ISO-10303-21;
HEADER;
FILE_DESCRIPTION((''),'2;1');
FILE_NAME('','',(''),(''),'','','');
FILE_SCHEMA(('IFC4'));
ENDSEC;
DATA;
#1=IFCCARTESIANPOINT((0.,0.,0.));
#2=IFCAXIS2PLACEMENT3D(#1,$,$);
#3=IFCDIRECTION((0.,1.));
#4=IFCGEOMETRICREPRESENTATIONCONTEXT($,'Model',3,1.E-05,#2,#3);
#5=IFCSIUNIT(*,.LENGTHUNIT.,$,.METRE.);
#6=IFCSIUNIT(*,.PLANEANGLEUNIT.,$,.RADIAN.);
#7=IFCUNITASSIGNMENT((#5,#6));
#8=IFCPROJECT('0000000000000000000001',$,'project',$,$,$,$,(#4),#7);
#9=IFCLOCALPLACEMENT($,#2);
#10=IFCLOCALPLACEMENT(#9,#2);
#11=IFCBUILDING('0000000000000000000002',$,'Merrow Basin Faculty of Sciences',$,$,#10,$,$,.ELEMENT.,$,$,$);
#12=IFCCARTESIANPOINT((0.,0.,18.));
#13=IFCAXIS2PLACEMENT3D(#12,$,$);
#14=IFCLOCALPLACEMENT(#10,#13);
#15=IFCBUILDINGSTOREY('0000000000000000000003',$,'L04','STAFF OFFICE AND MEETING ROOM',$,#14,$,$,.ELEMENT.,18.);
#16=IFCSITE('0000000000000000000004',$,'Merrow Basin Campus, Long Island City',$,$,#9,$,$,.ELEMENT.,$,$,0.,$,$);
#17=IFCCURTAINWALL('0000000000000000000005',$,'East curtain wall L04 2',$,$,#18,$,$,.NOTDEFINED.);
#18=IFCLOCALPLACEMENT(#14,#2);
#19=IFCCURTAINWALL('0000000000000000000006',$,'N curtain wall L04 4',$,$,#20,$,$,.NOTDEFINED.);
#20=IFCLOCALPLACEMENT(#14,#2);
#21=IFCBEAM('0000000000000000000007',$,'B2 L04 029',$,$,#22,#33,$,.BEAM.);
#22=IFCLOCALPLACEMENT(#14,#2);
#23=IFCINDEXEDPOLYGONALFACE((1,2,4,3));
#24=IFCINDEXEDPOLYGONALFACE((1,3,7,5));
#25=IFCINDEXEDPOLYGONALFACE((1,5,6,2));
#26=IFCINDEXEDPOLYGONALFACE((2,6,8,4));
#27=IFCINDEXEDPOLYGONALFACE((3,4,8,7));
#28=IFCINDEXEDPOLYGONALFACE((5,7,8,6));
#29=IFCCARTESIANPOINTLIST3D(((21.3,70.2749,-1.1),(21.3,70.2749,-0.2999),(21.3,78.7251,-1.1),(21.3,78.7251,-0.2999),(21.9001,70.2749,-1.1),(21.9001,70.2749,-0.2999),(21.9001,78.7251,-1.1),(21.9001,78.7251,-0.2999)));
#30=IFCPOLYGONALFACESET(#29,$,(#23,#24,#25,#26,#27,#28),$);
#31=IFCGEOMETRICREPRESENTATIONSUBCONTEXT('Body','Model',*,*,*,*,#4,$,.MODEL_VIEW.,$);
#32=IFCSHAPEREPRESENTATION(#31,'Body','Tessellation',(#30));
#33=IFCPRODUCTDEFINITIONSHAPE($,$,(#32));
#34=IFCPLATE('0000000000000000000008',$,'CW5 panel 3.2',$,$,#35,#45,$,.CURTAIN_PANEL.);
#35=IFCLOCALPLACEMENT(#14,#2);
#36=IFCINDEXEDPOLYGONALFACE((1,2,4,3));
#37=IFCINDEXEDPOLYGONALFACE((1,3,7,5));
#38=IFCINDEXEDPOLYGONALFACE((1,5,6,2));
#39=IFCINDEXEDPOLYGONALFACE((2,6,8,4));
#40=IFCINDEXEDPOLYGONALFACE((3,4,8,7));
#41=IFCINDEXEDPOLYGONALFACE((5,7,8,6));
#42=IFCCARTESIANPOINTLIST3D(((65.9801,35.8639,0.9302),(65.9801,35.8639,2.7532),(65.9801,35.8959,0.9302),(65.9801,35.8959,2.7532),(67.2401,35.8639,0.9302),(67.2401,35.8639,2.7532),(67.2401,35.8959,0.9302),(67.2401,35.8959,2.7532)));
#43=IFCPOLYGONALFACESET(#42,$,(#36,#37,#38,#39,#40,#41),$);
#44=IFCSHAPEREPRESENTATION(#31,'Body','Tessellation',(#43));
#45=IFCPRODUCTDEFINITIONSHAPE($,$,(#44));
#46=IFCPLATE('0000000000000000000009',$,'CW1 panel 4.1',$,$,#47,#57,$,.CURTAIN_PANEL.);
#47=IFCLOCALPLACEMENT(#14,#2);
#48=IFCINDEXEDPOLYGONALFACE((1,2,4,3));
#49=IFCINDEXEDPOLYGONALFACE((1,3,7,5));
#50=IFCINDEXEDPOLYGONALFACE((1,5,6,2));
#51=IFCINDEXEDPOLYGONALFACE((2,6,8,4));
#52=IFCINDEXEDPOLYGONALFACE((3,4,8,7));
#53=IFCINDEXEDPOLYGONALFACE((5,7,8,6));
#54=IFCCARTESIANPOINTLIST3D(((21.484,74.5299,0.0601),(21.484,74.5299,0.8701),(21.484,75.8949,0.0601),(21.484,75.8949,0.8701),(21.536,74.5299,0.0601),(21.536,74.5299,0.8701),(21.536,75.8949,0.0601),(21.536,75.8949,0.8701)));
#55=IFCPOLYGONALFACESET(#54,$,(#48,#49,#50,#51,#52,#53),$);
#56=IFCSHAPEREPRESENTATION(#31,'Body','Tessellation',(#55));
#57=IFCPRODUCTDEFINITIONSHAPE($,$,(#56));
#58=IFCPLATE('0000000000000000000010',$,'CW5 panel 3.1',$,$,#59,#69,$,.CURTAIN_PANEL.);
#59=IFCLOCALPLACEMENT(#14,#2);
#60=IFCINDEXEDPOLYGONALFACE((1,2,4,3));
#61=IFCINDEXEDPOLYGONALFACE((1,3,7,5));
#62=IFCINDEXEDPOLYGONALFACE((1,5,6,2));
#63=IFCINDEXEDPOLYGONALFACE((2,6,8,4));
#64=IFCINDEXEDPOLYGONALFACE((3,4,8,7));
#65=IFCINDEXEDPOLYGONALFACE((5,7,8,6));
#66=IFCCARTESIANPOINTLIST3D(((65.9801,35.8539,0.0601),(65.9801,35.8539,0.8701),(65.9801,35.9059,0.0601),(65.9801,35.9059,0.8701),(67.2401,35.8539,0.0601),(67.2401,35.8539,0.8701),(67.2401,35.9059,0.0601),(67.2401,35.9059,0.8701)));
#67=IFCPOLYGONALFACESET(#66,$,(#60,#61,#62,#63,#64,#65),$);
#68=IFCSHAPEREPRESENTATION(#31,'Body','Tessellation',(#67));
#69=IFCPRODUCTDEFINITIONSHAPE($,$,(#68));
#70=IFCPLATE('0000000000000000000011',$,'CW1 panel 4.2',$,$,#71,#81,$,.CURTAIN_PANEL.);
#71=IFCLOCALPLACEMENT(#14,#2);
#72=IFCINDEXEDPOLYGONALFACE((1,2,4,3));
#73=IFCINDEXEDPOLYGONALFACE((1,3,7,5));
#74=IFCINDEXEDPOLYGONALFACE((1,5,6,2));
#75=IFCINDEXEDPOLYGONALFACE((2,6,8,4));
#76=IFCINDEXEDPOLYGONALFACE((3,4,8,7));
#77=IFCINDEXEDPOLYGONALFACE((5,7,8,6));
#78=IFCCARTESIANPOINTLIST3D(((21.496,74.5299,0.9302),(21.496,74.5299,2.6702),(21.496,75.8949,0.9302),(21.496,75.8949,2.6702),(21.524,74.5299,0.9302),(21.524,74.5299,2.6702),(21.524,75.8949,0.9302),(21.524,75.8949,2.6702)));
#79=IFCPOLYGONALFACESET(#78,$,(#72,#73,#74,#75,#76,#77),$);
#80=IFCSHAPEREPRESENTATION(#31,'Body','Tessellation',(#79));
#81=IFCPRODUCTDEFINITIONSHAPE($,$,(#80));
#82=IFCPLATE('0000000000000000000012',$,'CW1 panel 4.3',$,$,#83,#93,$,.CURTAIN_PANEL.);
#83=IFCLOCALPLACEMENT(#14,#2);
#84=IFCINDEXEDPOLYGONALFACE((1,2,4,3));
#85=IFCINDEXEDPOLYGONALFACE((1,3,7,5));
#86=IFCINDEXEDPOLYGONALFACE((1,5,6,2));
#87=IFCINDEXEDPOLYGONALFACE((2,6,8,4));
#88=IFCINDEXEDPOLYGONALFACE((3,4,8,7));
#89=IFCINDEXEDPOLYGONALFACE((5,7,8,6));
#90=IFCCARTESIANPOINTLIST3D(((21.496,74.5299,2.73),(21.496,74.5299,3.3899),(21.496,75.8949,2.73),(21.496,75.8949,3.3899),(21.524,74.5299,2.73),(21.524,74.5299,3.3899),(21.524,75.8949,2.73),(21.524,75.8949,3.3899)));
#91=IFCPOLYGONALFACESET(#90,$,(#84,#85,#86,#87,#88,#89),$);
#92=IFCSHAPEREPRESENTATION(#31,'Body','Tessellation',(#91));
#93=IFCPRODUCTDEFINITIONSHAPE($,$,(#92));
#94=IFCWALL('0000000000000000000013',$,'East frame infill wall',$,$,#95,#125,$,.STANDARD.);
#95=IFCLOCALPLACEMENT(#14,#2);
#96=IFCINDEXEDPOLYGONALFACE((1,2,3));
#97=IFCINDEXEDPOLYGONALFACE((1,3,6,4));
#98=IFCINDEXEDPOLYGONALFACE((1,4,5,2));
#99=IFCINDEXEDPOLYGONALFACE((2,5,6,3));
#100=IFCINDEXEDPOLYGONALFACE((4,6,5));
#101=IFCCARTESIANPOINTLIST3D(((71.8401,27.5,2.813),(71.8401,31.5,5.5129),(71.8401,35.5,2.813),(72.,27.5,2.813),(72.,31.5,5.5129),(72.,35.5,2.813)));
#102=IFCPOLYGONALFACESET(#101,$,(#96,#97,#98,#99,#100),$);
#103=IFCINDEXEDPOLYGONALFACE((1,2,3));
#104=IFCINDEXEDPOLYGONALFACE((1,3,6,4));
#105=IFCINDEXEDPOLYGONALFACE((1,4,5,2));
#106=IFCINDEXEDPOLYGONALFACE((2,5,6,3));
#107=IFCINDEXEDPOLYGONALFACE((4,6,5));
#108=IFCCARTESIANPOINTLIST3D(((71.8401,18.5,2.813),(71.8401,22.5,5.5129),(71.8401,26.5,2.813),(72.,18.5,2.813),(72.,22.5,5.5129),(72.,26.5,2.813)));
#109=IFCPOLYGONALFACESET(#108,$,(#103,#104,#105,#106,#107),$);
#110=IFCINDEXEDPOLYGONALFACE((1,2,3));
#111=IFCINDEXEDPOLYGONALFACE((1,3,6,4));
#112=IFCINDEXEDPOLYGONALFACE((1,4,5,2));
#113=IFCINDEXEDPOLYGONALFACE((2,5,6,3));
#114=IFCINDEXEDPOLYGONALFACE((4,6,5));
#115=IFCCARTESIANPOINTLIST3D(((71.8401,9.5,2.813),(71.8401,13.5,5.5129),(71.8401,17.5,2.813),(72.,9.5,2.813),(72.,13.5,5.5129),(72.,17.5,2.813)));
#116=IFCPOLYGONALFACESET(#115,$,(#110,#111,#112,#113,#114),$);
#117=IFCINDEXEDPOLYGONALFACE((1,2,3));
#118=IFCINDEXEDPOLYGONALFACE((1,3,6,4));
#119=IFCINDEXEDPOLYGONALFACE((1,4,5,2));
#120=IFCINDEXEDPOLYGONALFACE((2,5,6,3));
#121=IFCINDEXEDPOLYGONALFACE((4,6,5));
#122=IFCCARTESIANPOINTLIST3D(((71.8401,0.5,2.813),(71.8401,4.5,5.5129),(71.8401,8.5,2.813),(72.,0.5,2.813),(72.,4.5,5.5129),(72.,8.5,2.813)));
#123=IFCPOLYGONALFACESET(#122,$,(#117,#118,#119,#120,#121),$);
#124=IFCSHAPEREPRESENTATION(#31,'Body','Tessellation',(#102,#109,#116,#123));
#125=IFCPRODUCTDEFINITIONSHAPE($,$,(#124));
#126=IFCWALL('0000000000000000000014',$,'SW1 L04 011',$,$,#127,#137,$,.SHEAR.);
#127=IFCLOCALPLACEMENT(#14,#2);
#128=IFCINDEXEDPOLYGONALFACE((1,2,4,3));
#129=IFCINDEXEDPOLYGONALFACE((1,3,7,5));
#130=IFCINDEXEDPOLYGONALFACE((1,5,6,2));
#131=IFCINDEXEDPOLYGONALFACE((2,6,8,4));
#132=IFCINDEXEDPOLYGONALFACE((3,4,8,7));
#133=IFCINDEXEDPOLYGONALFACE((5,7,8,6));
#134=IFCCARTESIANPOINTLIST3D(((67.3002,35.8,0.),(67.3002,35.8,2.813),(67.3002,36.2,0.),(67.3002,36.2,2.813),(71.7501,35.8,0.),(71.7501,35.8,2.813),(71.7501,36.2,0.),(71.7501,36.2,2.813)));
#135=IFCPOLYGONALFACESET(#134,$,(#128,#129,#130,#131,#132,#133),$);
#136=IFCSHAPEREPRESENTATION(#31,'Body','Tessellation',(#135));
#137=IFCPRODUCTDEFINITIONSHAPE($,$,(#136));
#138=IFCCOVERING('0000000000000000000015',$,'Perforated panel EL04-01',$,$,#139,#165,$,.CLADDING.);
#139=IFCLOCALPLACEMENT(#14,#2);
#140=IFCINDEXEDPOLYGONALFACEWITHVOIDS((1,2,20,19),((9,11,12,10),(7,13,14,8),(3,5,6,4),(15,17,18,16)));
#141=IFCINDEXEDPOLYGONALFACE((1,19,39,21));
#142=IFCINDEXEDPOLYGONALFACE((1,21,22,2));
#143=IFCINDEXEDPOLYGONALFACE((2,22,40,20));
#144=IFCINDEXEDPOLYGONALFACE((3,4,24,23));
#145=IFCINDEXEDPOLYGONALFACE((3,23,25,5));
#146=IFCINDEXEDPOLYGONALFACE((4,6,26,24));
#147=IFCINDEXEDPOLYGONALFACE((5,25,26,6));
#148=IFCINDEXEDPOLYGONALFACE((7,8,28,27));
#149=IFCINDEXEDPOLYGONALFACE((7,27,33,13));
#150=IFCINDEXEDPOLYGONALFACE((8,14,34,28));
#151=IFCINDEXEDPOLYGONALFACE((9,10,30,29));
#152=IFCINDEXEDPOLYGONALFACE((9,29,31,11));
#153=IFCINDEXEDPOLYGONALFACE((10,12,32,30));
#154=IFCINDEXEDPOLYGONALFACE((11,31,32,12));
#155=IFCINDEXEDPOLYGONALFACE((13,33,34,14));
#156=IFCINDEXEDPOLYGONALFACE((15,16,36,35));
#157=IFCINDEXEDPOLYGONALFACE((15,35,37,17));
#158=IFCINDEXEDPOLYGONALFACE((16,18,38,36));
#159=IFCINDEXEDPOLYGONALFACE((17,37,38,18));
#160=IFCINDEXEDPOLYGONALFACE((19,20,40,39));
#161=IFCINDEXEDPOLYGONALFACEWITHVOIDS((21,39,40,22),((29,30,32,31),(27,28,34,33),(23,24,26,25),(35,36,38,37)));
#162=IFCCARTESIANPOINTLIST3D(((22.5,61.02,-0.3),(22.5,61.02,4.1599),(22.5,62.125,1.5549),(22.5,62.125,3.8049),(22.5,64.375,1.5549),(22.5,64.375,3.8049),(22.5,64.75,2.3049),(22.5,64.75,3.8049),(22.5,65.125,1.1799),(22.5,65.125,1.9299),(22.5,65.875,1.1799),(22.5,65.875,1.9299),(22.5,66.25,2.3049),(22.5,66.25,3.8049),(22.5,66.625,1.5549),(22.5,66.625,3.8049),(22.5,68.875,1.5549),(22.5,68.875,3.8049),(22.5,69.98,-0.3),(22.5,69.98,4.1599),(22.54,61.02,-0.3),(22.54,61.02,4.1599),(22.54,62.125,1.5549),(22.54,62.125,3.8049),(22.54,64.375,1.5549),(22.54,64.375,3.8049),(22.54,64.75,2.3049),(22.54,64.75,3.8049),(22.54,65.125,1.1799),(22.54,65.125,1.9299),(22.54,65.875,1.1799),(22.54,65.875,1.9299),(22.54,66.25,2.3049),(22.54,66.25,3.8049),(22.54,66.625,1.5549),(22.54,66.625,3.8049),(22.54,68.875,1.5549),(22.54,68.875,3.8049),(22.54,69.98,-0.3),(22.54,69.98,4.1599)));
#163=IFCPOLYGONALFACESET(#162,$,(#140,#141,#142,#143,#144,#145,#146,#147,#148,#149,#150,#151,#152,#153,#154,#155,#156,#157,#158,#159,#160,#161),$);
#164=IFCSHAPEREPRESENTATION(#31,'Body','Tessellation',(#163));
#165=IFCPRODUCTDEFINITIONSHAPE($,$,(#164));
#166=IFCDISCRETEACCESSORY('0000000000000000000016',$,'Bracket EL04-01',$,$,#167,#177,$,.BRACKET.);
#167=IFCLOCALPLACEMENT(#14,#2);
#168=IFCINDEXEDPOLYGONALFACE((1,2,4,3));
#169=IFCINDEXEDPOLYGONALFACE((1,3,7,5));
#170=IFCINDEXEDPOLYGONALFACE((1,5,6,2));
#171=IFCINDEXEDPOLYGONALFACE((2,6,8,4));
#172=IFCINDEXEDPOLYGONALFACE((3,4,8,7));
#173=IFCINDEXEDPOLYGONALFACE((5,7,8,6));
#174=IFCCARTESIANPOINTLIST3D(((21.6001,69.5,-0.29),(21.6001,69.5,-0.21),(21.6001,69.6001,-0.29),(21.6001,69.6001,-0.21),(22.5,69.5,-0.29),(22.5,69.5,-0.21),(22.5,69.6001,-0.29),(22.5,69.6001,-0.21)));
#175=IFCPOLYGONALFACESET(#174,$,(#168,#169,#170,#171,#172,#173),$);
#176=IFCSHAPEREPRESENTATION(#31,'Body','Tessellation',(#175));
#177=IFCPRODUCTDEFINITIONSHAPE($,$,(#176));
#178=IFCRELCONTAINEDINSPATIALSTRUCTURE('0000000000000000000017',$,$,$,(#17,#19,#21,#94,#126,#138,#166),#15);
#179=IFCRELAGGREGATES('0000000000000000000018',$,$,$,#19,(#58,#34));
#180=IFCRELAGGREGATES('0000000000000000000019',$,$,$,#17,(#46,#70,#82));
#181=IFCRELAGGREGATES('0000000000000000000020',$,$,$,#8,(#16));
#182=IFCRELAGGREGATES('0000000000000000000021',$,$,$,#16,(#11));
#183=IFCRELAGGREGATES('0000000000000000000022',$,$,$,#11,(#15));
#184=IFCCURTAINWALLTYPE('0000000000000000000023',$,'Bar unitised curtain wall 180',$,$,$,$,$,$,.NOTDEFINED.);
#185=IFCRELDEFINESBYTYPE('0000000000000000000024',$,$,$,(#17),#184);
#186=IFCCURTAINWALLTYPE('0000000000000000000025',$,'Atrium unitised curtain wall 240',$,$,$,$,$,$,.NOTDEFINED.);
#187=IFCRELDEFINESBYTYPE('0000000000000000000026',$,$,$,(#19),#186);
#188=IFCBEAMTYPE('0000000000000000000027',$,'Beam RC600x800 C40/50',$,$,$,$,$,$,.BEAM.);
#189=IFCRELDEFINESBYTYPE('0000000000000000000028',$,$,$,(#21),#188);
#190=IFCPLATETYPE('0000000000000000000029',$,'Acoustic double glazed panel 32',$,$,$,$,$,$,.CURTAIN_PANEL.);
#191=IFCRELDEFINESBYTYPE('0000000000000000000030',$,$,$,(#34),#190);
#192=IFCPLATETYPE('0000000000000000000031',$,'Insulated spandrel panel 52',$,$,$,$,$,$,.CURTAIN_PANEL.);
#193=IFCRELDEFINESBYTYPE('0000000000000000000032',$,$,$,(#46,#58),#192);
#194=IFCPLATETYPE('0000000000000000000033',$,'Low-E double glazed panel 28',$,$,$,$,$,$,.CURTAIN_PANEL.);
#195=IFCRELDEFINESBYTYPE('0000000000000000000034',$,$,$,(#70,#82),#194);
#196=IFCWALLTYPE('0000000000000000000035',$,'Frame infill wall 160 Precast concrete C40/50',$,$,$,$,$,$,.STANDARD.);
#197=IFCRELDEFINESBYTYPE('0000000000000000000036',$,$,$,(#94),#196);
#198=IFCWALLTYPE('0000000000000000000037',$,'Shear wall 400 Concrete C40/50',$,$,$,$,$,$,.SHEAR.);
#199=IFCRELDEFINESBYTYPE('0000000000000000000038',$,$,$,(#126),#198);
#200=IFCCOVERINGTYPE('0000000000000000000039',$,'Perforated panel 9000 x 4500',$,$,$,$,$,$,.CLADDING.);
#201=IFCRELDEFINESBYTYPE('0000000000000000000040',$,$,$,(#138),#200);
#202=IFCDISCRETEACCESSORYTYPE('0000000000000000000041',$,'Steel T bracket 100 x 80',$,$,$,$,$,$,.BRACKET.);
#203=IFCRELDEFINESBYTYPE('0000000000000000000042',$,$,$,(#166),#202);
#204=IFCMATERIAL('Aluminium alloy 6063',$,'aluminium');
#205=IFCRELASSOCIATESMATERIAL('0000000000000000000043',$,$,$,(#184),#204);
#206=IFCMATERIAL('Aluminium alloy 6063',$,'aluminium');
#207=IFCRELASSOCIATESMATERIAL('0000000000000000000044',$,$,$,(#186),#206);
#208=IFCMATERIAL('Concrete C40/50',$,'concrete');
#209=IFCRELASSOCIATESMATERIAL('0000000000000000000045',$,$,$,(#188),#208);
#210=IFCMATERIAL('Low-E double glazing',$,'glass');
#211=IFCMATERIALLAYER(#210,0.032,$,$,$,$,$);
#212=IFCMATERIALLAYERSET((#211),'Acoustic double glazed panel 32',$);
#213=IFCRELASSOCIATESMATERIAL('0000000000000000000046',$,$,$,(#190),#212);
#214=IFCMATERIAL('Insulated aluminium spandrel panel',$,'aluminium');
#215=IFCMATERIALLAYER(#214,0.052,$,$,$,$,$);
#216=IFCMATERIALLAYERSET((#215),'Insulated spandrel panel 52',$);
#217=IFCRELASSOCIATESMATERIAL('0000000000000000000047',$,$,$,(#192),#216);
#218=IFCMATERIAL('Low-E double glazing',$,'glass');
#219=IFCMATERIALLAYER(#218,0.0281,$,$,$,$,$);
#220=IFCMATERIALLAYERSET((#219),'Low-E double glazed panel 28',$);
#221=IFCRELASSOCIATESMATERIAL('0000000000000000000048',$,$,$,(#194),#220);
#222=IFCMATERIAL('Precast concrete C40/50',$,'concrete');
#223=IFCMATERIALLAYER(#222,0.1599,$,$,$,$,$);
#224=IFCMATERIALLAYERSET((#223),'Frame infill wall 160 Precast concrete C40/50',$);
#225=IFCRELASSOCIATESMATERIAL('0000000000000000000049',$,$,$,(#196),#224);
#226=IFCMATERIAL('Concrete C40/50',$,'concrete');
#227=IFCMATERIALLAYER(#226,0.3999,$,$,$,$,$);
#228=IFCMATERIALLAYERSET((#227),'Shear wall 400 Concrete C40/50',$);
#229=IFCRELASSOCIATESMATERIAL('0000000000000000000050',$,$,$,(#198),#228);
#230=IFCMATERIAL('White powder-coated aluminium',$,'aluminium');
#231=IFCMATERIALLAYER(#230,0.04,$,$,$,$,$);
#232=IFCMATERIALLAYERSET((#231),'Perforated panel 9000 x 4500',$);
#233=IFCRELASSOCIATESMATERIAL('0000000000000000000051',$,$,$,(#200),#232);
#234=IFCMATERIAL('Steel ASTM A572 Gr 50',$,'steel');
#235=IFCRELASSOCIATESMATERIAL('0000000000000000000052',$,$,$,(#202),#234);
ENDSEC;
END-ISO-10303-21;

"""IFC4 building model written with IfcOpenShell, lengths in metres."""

from ifc_helpers import new_model, si_unit, direction, frame, frame_2d, origin, origin_2d, place, context, subcontext, project, spatial, polyline, rectangle, outline, extrude, source, transform, mapped, material, layer, layer_set, material_profile, profile_set, type_object, element, aggregate, save


model = new_model("IFC4")

# Units and contexts
model_context = context("Model", 3, precision=1e-05, world=origin(), true_north=direction((0.0, 1.0)))
body_context = subcontext(model_context, "Body", "Model", "MODEL_VIEW")
ifc_project = project(units=[si_unit("LENGTHUNIT", "METRE"), si_unit("PLANEANGLEUNIT", "RADIAN")], contexts=[model_context])

# Site, building, storey
site_placement = place(None, origin())
site = spatial("IfcSite", under=ifc_project, at=site_placement, Name="Merrow Basin Campus, Long Island City", CompositionType="ELEMENT", RefElevation=0.0)
building_placement = place(site_placement, origin())
building = spatial("IfcBuilding", under=site, at=building_placement, Name="Merrow Basin Faculty of Sciences", CompositionType="ELEMENT")
storey_placement = place(building_placement, frame((0.0, 0.0, 18.0)))
storey = spatial("IfcBuildingStorey", under=building, at=storey_placement, Name="L04", Description="STAFF OFFICE AND MEETING ROOM", CompositionType="ELEMENT", Elevation=18.0)

# Curtain walls
ifc_material_1 = material(Name="Aluminium alloy 6063", Category="aluminium")
curtain_wall_type_1 = type_object("IfcCurtainWallType", Name="Bar unitised curtain wall 180", PredefinedType="NOTDEFINED", material=ifc_material_1)
curtain_wall_1_placement = place(storey_placement, origin())
curtain_wall_1 = element("IfcCurtainWall", 1, at=curtain_wall_1_placement, inside=storey, type_object=curtain_wall_type_1, Name="East curtain wall L04 2", PredefinedType="NOTDEFINED")
ifc_material_2 = material(Name="Aluminium alloy 6063", Category="aluminium")
curtain_wall_type_2 = type_object("IfcCurtainWallType", Name="Atrium unitised curtain wall 240", PredefinedType="NOTDEFINED", material=ifc_material_2)
curtain_wall_2_placement = place(storey_placement, origin())
curtain_wall_2 = element("IfcCurtainWall", 2, at=curtain_wall_2_placement, inside=storey, type_object=curtain_wall_type_2, Name="N curtain wall L04 4", PredefinedType="NOTDEFINED")

# Beam
ifc_material_3 = material(Name="Concrete C40/50", Category="concrete")
ifc_material_profile_1 = material_profile(ifc_material_3, rectangle(XDim=0.6001, YDim=0.8, at=origin_2d()))
ifc_profile_set_1 = profile_set([ifc_material_profile_1], Name="Concrete C40/50")
beam_type_1 = type_object("IfcBeamType", Name="Beam RC600x800 C40/50", PredefinedType="BEAM", material=ifc_profile_set_1)
for number, where, z_axis, x_axis, name in (
    (3, (21.6001, 70.2749, -0.7), (0.0, 1.0, 0.0), (-1.0, 0.0, 0.0), "B2 L04 029"),
):
    element("IfcBeam", number, at=place(storey_placement, frame(where, z_axis=z_axis, x_axis=x_axis)), inside=storey, type_object=beam_type_1, Name=name, PredefinedType="BEAM", context=body_context, shape_type="SweptSolid", body=[
        extrude(rectangle(XDim=0.6001, YDim=0.8, at=origin_2d()), origin(), (0.0, 0.0, 1.0), 8.4502),
    ])

# Plates
ifc_material_4 = material(Name="Low-E double glazing", Category="glass")
ifc_layer_1 = layer(ifc_material_4, 0.032)
ifc_layer_set_1 = layer_set([ifc_layer_1], Name="Acoustic double glazed panel 32")
plate_type_1 = type_object("IfcPlateType", Name="Acoustic double glazed panel 32", PredefinedType="CURTAIN_PANEL", material=ifc_layer_set_1)
plate_1_placement = place(storey_placement, frame((66.6101, 35.8799, 0.9302), z_axis=(0.0, 0.0, 1.0), x_axis=(1.0, 0.0, 0.0)))
plate_1 = element("IfcPlate", 4, at=plate_1_placement, type_object=plate_type_1, Name="CW5 panel 3.2", PredefinedType="CURTAIN_PANEL", context=body_context, shape_type="SweptSolid", body=[
    extrude(rectangle(XDim=1.26, YDim=0.032, at=origin_2d()), origin(), (0.0, 0.0, 1.0), 1.823),
])
ifc_material_5 = material(Name="Insulated aluminium spandrel panel", Category="aluminium")
ifc_layer_2 = layer(ifc_material_5, 0.052)
ifc_layer_set_2 = layer_set([ifc_layer_2], Name="Insulated spandrel panel 52")
plate_type_2 = type_object("IfcPlateType", Name="Insulated spandrel panel 52", PredefinedType="CURTAIN_PANEL", material=ifc_layer_set_2)
plate_2_placement = place(storey_placement, frame((21.51, 75.2124, 0.0601), z_axis=(0.0, 0.0, 1.0), x_axis=(0.0, 1.0, 0.0)))
plate_2 = element("IfcPlate", 5, at=plate_2_placement, type_object=plate_type_2, Name="CW1 panel 4.1", PredefinedType="CURTAIN_PANEL", context=body_context, shape_type="SweptSolid", body=[
    extrude(rectangle(XDim=1.365, YDim=0.052, at=origin_2d()), origin(), (0.0, 0.0, 1.0), 0.8101),
])
plate_3_placement = place(storey_placement, frame((66.6101, 35.8799, 0.0601), z_axis=(0.0, 0.0, 1.0), x_axis=(1.0, 0.0, 0.0)))
plate_3 = element("IfcPlate", 6, at=plate_3_placement, type_object=plate_type_2, Name="CW5 panel 3.1", PredefinedType="CURTAIN_PANEL", context=body_context, shape_type="SweptSolid", body=[
    extrude(rectangle(XDim=1.26, YDim=0.052, at=origin_2d()), origin(), (0.0, 0.0, 1.0), 0.8101),
])
aggregate(curtain_wall_2, [plate_3, plate_1])
ifc_material_6 = material(Name="Low-E double glazing", Category="glass")
ifc_layer_3 = layer(ifc_material_6, 0.0281)
ifc_layer_set_3 = layer_set([ifc_layer_3], Name="Low-E double glazed panel 28")
plate_type_3 = type_object("IfcPlateType", Name="Low-E double glazed panel 28", PredefinedType="CURTAIN_PANEL", material=ifc_layer_set_3)
plate_4_placement = place(storey_placement, frame((21.51, 75.2124, 0.9302), z_axis=(0.0, 0.0, 1.0), x_axis=(0.0, 1.0, 0.0)))
plate_4 = element("IfcPlate", 7, at=plate_4_placement, type_object=plate_type_3, Name="CW1 panel 4.2", PredefinedType="CURTAIN_PANEL", context=body_context, shape_type="SweptSolid", body=[
    extrude(rectangle(XDim=1.365, YDim=0.0281, at=origin_2d()), origin(), (0.0, 0.0, 1.0), 1.74),
])
plate_5_placement = place(storey_placement, frame((21.51, 75.2124, 2.73), z_axis=(0.0, 0.0, 1.0), x_axis=(0.0, 1.0, 0.0)))
plate_5 = element("IfcPlate", 8, at=plate_5_placement, type_object=plate_type_3, Name="CW1 panel 4.3", PredefinedType="CURTAIN_PANEL", context=body_context, shape_type="SweptSolid", body=[
    extrude(rectangle(XDim=1.365, YDim=0.0281, at=origin_2d()), origin(), (0.0, 0.0, 1.0), 0.6599),
])
aggregate(curtain_wall_1, [plate_2, plate_4, plate_5])

# Walls
ifc_material_7 = material(Name="Precast concrete C40/50", Category="concrete")
ifc_layer_4 = layer(ifc_material_7, 0.1599)
ifc_layer_set_4 = layer_set([ifc_layer_4], Name="Frame infill wall 160 Precast concrete C40/50")
wall_type_1 = type_object("IfcWallType", Name="Frame infill wall 160 Precast concrete C40/50", PredefinedType="STANDARD", material=ifc_layer_set_4)
wall_1_placement = place(storey_placement, frame((71.9199, 36.0, 2.813), z_axis=(0.0, 0.0, 1.0), x_axis=(0.0, -1.0, 0.0)))
element("IfcWall", 9, at=wall_1_placement, inside=storey, type_object=wall_type_1, Name="East frame infill wall", PredefinedType="STANDARD", context=body_context, shape_type="SweptSolid", body=[
    extrude(outline(polyline([(0.5, 0.0), (8.5, 0.0), (8.5, 0.0), (4.5, 2.7), (0.5, 0.0), (0.5, 0.0)])), frame((0.0, 0.0801, 0.0), z_axis=(0.0, -1.0, 0.0), x_axis=(1.0, 0.0, 0.0)), (0.0, 0.0, 1.0), 0.1599),
    extrude(outline(polyline([(9.5, 0.0), (17.5, 0.0), (17.5, 0.0), (13.5, 2.7), (9.5, 0.0), (9.5, 0.0)])), frame((0.0, 0.0801, 0.0), z_axis=(0.0, -1.0, 0.0), x_axis=(1.0, 0.0, 0.0)), (0.0, 0.0, 1.0), 0.1599),
    extrude(outline(polyline([(18.5, 0.0), (26.5, 0.0), (26.5, 0.0), (22.5, 2.7), (18.5, 0.0), (18.5, 0.0)])), frame((0.0, 0.0801, 0.0), z_axis=(0.0, -1.0, 0.0), x_axis=(1.0, 0.0, 0.0)), (0.0, 0.0, 1.0), 0.1599),
    extrude(outline(polyline([(27.5, 0.0), (35.5, 0.0), (35.5, 0.0), (31.5, 2.7), (27.5, 0.0), (27.5, 0.0)])), frame((0.0, 0.0801, 0.0), z_axis=(0.0, -1.0, 0.0), x_axis=(1.0, 0.0, 0.0)), (0.0, 0.0, 1.0), 0.1599),
])
ifc_material_8 = material(Name="Concrete C40/50", Category="concrete")
ifc_layer_5 = layer(ifc_material_8, 0.3999)
ifc_layer_set_5 = layer_set([ifc_layer_5], Name="Shear wall 400 Concrete C40/50")
wall_type_2 = type_object("IfcWallType", Name="Shear wall 400 Concrete C40/50", PredefinedType="SHEAR", material=ifc_layer_set_5)
wall_2_placement = place(storey_placement, frame((67.3, 36.0, 0.0), z_axis=(0.0, 0.0, 1.0), x_axis=(1.0, 0.0, 0.0)))
element("IfcWall", 10, at=wall_2_placement, inside=storey, type_object=wall_type_2, Name="SW1 L04 011", PredefinedType="SHEAR", context=body_context, shape_type="SweptSolid", body=[
    extrude(rectangle(XDim=4.45, YDim=0.3999, at=frame_2d((2.2251, 0.0))), origin(), (0.0, 0.0, 1.0), 2.813),
])

# Covering
ifc_material_9 = material(Name="White powder-coated aluminium", Category="aluminium")
ifc_layer_6 = layer(ifc_material_9, 0.04)
ifc_layer_set_6 = layer_set([ifc_layer_6], Name="Perforated panel 9000 x 4500")
covering_type_1 = type_object("IfcCoveringType", Name="Perforated panel 9000 x 4500", PredefinedType="CLADDING", material=ifc_layer_set_6)
shared_shape_1 = source(origin(), body_context, "Body", "SweptSolid", [
    extrude(outline(polyline([(0.02, 0.02), (8.98, 0.02), (8.98, 4.48), (0.02, 4.48), (0.02, 0.02)]), holes=[polyline([(4.125, 1.5), (4.875, 1.5), (4.875, 2.25), (4.125, 2.25), (4.125, 1.5)]), polyline([(5.625, 1.875), (7.875, 1.875), (7.875, 4.125), (5.625, 4.125), (5.625, 1.875)]), polyline([(1.125, 1.875), (3.375, 1.875), (3.375, 4.125), (1.125, 4.125), (1.125, 1.875)]), polyline([(3.75, 2.625), (5.25, 2.625), (5.25, 4.125), (3.75, 4.125), (3.75, 2.625)])]), origin(), (0.0, 0.0, 1.0), 0.04),
])
covering_1_placement = place(storey_placement, frame((22.54, 70.0, -0.3201), z_axis=(-1.0, 0.0, 0.0), x_axis=(0.0, -1.0, 0.0)))
element("IfcCovering", 11, at=covering_1_placement, inside=storey, type_object=covering_type_1, Name="Perforated panel EL04-01", PredefinedType="CLADDING", context=body_context, shape_type="MappedRepresentation", body=[
    mapped(shared_shape_1, transform((0.0, 0.0, 0.0), scale=1.0)),
])

# Discrete accessory
ifc_material_10 = material(Name="Steel ASTM A572 Gr 50", Category="steel")
discrete_accessory_type_1 = type_object("IfcDiscreteAccessoryType", Name="Steel T bracket 100 x 80", PredefinedType="BRACKET", material=ifc_material_10)
shared_shape_2 = source(origin(), body_context, "Body", "SweptSolid", [
    extrude(outline(polyline([(0.0, 0.0), (0.1001, 0.0), (0.1001, 0.0801), (0.0, 0.0801), (0.0, 0.0)])), origin(), (0.0, 0.0, 1.0), 0.8999),
])
for number, where, z_axis, x_axis, name in (
    (12, (22.5, 69.6001, -0.29), (-1.0, 0.0, 0.0), (0.0, -1.0, 0.0), "Bracket EL04-01"),
):
    element("IfcDiscreteAccessory", number, at=place(storey_placement, frame(where, z_axis=z_axis, x_axis=x_axis)), inside=storey, type_object=discrete_accessory_type_1, Name=name, PredefinedType="BRACKET", context=body_context, shape_type="MappedRepresentation", body=[
        mapped(shared_shape_2, transform((0.0, 0.0, 0.0), scale=1.0)),
    ])

save(model, "model.ifc")
